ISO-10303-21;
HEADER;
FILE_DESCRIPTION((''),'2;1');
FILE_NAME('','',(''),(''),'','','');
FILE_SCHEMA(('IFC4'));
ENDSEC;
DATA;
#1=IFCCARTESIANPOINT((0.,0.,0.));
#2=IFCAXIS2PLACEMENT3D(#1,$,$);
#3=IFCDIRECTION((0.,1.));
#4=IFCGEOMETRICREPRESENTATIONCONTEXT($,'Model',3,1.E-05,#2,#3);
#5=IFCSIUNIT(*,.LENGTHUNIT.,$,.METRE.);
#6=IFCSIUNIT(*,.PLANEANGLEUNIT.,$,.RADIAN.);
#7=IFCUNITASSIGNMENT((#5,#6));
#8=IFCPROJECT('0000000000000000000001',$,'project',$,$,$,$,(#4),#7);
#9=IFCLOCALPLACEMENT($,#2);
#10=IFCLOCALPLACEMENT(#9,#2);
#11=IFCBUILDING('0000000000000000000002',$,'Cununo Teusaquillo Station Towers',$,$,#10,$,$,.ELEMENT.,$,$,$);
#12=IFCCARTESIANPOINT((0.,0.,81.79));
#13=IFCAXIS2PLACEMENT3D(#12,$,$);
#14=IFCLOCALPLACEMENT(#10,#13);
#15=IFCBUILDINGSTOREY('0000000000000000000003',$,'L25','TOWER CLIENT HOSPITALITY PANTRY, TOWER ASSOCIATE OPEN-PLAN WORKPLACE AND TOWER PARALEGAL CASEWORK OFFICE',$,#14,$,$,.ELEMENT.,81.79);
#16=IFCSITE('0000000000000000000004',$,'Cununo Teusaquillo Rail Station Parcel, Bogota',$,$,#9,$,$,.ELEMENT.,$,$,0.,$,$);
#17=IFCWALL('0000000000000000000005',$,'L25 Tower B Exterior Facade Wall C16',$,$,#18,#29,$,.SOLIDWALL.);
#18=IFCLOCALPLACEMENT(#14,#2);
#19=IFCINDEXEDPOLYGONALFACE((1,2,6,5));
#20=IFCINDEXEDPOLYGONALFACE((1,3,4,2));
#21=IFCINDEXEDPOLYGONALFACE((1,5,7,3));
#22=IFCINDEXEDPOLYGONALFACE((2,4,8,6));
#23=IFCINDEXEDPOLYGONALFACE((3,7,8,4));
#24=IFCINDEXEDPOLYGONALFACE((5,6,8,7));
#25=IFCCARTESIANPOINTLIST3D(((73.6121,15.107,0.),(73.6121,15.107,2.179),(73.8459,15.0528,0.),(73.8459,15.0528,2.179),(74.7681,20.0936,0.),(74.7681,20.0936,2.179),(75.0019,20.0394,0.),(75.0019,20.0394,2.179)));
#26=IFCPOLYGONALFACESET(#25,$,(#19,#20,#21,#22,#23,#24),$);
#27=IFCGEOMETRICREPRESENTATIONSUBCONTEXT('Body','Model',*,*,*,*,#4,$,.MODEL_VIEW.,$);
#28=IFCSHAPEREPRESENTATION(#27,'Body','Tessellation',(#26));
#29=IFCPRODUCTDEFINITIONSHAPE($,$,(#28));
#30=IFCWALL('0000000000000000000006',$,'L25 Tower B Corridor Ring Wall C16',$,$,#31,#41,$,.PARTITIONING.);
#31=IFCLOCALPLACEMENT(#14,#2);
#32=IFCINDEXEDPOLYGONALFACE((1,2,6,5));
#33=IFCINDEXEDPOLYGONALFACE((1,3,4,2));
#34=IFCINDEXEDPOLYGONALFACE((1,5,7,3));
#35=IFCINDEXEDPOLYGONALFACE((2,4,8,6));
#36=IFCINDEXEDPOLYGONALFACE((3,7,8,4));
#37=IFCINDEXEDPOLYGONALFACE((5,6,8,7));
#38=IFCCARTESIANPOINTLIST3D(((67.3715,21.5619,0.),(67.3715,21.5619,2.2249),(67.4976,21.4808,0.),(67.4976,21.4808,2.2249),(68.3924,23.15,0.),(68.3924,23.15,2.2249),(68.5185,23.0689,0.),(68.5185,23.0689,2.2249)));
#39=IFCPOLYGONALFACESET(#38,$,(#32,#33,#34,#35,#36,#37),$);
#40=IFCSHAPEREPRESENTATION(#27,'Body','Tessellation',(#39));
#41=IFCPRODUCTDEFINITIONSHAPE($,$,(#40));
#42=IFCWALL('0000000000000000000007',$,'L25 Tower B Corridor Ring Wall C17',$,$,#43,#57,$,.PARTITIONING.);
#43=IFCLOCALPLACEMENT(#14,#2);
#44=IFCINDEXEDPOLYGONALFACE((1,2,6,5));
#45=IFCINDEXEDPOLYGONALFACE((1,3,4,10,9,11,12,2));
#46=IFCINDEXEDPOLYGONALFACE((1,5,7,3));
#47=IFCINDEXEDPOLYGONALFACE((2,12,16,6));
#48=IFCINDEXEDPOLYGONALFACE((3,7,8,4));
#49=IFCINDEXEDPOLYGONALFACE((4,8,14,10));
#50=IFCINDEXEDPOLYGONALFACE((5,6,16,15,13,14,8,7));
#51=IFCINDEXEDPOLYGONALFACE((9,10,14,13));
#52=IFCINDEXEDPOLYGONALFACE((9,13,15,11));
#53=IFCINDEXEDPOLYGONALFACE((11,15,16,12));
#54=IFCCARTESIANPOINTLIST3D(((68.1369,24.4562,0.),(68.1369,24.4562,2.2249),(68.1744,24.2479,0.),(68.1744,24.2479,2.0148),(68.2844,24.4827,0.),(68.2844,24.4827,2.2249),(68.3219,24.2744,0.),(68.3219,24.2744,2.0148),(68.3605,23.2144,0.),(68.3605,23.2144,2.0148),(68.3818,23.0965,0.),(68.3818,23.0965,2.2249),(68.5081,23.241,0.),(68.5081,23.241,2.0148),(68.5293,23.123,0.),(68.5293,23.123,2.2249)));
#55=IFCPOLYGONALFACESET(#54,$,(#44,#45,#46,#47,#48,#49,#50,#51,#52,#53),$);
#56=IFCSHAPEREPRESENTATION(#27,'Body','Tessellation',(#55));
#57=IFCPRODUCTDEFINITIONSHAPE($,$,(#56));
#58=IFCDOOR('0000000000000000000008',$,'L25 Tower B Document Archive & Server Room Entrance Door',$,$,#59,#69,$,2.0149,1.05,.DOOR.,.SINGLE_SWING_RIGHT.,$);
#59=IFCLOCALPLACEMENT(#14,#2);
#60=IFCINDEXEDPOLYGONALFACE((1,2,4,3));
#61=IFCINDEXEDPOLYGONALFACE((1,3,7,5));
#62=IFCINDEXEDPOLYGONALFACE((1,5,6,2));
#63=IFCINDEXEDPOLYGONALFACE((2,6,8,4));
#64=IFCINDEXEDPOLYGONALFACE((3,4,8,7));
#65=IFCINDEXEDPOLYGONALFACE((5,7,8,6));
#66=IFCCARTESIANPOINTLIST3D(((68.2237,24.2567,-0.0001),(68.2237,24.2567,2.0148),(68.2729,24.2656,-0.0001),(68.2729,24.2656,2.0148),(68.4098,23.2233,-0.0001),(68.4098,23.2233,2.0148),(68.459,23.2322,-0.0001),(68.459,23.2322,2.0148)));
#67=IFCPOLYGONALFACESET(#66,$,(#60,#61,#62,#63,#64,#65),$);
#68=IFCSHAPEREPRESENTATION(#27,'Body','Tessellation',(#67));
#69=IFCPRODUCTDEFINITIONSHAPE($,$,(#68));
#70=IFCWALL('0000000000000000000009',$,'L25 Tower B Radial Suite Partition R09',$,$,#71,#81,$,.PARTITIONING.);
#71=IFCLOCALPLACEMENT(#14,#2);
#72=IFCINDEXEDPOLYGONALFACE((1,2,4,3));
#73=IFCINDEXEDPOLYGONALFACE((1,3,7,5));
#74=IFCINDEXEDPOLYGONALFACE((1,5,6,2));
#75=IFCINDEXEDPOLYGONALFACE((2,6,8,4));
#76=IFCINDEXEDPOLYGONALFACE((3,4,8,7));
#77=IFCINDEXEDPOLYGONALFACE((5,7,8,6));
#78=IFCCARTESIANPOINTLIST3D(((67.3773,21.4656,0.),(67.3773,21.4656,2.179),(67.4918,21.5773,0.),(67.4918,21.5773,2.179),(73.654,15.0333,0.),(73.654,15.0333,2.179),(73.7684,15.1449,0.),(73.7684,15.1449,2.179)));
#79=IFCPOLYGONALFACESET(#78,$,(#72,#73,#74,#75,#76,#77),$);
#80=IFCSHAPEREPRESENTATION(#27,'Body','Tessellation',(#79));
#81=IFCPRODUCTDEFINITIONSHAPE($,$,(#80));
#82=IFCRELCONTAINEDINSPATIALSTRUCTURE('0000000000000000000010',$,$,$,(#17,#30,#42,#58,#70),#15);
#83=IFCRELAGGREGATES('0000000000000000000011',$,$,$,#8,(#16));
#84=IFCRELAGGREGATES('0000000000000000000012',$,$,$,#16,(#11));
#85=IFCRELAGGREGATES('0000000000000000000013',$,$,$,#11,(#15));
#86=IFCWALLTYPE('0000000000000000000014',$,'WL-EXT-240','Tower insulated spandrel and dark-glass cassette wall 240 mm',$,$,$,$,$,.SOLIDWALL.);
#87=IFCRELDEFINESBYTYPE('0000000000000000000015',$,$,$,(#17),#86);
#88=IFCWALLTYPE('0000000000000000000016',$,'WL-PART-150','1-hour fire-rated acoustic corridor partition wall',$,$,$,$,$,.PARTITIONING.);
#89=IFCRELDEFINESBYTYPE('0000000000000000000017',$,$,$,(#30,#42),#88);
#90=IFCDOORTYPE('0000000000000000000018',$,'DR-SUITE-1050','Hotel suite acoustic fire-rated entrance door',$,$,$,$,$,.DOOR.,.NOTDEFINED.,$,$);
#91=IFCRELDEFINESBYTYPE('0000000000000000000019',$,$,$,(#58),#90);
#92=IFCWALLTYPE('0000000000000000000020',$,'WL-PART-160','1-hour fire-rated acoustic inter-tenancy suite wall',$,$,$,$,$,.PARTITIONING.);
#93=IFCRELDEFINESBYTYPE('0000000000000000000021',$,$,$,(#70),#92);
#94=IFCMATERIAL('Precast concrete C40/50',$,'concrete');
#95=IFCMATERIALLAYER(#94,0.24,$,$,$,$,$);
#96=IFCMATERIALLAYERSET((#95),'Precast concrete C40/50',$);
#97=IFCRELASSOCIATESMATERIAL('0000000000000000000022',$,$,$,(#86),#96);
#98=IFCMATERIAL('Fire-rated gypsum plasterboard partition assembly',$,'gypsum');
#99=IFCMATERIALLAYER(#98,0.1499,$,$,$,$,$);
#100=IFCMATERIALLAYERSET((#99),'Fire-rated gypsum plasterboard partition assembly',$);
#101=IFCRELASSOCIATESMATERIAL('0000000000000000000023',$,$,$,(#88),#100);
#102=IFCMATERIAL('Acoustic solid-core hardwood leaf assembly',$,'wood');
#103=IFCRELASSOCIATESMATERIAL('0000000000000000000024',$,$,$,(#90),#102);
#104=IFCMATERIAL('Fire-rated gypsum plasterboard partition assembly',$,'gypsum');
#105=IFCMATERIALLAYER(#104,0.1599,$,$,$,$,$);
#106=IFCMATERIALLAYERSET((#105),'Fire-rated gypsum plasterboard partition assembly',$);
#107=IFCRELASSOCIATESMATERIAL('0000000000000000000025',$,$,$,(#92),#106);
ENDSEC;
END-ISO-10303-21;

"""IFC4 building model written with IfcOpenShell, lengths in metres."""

from ifc_helpers import new_model, si_unit, direction, frame, frame_2d, origin, place, context, subcontext, project, spatial, rectangle, extrude, source, transform, mapped, material, layer, layer_set, type_object, element, fill, save


model = new_model("IFC4")

# Units and contexts
model_context = context("Model", 3, precision=1e-05, world=origin(), true_north=direction((0.0, 1.0)))
body_context = subcontext(model_context, "Body", "Model", "MODEL_VIEW")
ifc_project = project(units=[si_unit("LENGTHUNIT", "METRE"), si_unit("PLANEANGLEUNIT", "RADIAN")], contexts=[model_context])

# Site, building, storey
site_placement = place(None, origin())
site = spatial("IfcSite", under=ifc_project, at=site_placement, Name="Cununo Teusaquillo Rail Station Parcel, Bogota", CompositionType="ELEMENT", RefElevation=0.0)
building_placement = place(site_placement, origin())
building = spatial("IfcBuilding", under=site, at=building_placement, Name="Cununo Teusaquillo Station Towers", CompositionType="ELEMENT")
storey_placement = place(building_placement, frame((0.0, 0.0, 81.79)))
storey = spatial("IfcBuildingStorey", under=building, at=storey_placement, Name="L25", Description="TOWER CLIENT HOSPITALITY PANTRY, TOWER ASSOCIATE OPEN-PLAN WORKPLACE AND TOWER PARALEGAL CASEWORK OFFICE", CompositionType="ELEMENT", Elevation=81.79)

# Shared definitions
ifc_material_1 = material(Name="Precast concrete C40/50", Category="concrete")
ifc_layer_1 = layer(ifc_material_1, 0.24)
ifc_layer_set_1 = layer_set([ifc_layer_1], Name="Precast concrete C40/50")
wall_type_1 = type_object("IfcWallType", Name="WL-EXT-240", Description="Tower insulated spandrel and dark-glass cassette wall 240 mm", PredefinedType="SOLIDWALL", material=ifc_layer_set_1)

# Walls
wall_1_placement = place(storey_placement, frame((74.885, 20.0667, 0.0), z_axis=(0.0, 0.0, 1.0), x_axis=(-0.225835, -0.974166, 0.0)))
element("IfcWall", 1, at=wall_1_placement, inside=storey, type_object=wall_type_1, Name="L25 Tower B Exterior Facade Wall C16", PredefinedType="SOLIDWALL", context=body_context, shape_type="SweptSolid", body=[
    extrude(rectangle(XDim=5.1189, YDim=0.24, at=frame_2d((2.5596, 0.0))), origin(), (0.0, 0.0, 1.0), 2.179),
])
ifc_material_2 = material(Name="Fire-rated gypsum plasterboard partition assembly", Category="gypsum")
ifc_layer_2 = layer(ifc_material_2, 0.1499)
ifc_layer_set_2 = layer_set([ifc_layer_2], Name="Fire-rated gypsum plasterboard partition assembly")
wall_type_2 = type_object("IfcWallType", Name="WL-PART-150", Description="1-hour fire-rated acoustic corridor partition wall", PredefinedType="PARTITIONING", material=ifc_layer_set_2)
wall_2_placement = place(storey_placement, frame((67.4346, 21.5215, 0.0), z_axis=(0.0, 0.0, 1.0), x_axis=(0.540777, 0.841166, 0.0)))
element("IfcWall", 2, at=wall_2_placement, inside=storey, type_object=wall_type_2, Name="L25 Tower B Corridor Ring Wall C16", PredefinedType="PARTITIONING", context=body_context, shape_type="SweptSolid", body=[
    extrude(rectangle(XDim=1.8879, YDim=0.1499, at=frame_2d((0.9438, 0.0))), origin(), (0.0, 0.0, 1.0), 2.2249),
])

# Wall, opening, door
wall_3_placement = place(storey_placement, frame((68.4556, 23.1096, 0.0), z_axis=(0.0, 0.0, 1.0), x_axis=(-0.177252, 0.984165, 0.0)))
wall_3 = element("IfcWall", 3, at=wall_3_placement, inside=storey, type_object=wall_type_2, Name="L25 Tower B Corridor Ring Wall C17", PredefinedType="PARTITIONING", context=body_context, shape_type="SweptSolid", body=[
    extrude(rectangle(XDim=1.3816, YDim=0.1499, at=frame_2d((0.6909, 0.0))), origin(), (0.0, 0.0, 1.0), 2.2249),
])
shared_shape_1 = source(origin(), body_context, "Body", "SweptSolid", [
    extrude(rectangle(XDim=1.05, YDim=2.0149, at=frame_2d((0.5249, 1.0073))), frame((0.0, 0.085, 0.0), z_axis=(0.0, -1.0, 0.0), x_axis=(1.0, 0.0, 0.0)), (0.0, 0.0, 1.0), 0.1699),
])
opening_1_placement = place(wall_3_placement, frame((0.1201, 0.0, 0.0)))
opening_1 = element("IfcOpeningElement", 4, at=opening_1_placement, cuts=wall_3, PredefinedType="OPENING", context=body_context, shape_type="MappedRepresentation", body=[
    mapped(shared_shape_1, transform((0.0, 0.0, 0.0), x_axis=(1.0, 0.0, 0.0), y_axis=(0.0, 1.0, 0.0), z_axis=(0.0, 0.0, 1.0), scale=1.0)),
])
ifc_material_3 = material(Name="Acoustic solid-core hardwood leaf assembly", Category="wood")
door_type = type_object("IfcDoorType", Name="DR-SUITE-1050", Description="Hotel suite acoustic fire-rated entrance door", OperationType="NOTDEFINED", PredefinedType="DOOR", material=ifc_material_3)
shared_shape_2 = source(origin(), body_context, "Body", "SweptSolid", [
    extrude(rectangle(XDim=1.05, YDim=2.0149, at=frame_2d((0.5249, 1.0073))), frame((0.0, 0.0249, 0.0), z_axis=(0.0, -1.0, 0.0), x_axis=(1.0, 0.0, 0.0)), (0.0, 0.0, 1.0), 0.05),
])
door_placement = place(opening_1_placement, origin())
door = element("IfcDoor", 5, at=door_placement, inside=storey, type_object=door_type, Name="L25 Tower B Document Archive & Server Room Entrance Door", OperationType="SINGLE_SWING_RIGHT", OverallHeight=2.0149, OverallWidth=1.05, PredefinedType="DOOR", context=body_context, shape_type="MappedRepresentation", body=[
    mapped(shared_shape_2, transform((0.0, 0.0, 0.0), x_axis=(1.0, 0.0, 0.0), y_axis=(0.0, 1.0, 0.0), z_axis=(0.0, 0.0, 1.0), scale=1.0)),
])
fill(opening_1, door)

# Wall
ifc_material_4 = material(Name="Fire-rated gypsum plasterboard partition assembly", Category="gypsum")
ifc_layer_3 = layer(ifc_material_4, 0.1599)
ifc_layer_set_3 = layer_set([ifc_layer_3], Name="Fire-rated gypsum plasterboard partition assembly")
wall_type_3 = type_object("IfcWallType", Name="WL-PART-160", Description="1-hour fire-rated acoustic inter-tenancy suite wall", PredefinedType="PARTITIONING", material=ifc_layer_set_3)
wall_4_placement = place(storey_placement, frame((67.4346, 21.5215, 0.0), z_axis=(0.0, 0.0, 1.0), x_axis=(0.698388, -0.715719, 0.0)))
element("IfcWall", 6, at=wall_4_placement, inside=storey, type_object=wall_type_3, Name="L25 Tower B Radial Suite Partition R09", PredefinedType="PARTITIONING", context=body_context, shape_type="SweptSolid", body=[
    extrude(rectangle(XDim=8.9873, YDim=0.1599, at=frame_2d((4.4937, 0.0))), origin(), (0.0, 0.0, 1.0), 2.179),
])

save(model, "model.ifc")
